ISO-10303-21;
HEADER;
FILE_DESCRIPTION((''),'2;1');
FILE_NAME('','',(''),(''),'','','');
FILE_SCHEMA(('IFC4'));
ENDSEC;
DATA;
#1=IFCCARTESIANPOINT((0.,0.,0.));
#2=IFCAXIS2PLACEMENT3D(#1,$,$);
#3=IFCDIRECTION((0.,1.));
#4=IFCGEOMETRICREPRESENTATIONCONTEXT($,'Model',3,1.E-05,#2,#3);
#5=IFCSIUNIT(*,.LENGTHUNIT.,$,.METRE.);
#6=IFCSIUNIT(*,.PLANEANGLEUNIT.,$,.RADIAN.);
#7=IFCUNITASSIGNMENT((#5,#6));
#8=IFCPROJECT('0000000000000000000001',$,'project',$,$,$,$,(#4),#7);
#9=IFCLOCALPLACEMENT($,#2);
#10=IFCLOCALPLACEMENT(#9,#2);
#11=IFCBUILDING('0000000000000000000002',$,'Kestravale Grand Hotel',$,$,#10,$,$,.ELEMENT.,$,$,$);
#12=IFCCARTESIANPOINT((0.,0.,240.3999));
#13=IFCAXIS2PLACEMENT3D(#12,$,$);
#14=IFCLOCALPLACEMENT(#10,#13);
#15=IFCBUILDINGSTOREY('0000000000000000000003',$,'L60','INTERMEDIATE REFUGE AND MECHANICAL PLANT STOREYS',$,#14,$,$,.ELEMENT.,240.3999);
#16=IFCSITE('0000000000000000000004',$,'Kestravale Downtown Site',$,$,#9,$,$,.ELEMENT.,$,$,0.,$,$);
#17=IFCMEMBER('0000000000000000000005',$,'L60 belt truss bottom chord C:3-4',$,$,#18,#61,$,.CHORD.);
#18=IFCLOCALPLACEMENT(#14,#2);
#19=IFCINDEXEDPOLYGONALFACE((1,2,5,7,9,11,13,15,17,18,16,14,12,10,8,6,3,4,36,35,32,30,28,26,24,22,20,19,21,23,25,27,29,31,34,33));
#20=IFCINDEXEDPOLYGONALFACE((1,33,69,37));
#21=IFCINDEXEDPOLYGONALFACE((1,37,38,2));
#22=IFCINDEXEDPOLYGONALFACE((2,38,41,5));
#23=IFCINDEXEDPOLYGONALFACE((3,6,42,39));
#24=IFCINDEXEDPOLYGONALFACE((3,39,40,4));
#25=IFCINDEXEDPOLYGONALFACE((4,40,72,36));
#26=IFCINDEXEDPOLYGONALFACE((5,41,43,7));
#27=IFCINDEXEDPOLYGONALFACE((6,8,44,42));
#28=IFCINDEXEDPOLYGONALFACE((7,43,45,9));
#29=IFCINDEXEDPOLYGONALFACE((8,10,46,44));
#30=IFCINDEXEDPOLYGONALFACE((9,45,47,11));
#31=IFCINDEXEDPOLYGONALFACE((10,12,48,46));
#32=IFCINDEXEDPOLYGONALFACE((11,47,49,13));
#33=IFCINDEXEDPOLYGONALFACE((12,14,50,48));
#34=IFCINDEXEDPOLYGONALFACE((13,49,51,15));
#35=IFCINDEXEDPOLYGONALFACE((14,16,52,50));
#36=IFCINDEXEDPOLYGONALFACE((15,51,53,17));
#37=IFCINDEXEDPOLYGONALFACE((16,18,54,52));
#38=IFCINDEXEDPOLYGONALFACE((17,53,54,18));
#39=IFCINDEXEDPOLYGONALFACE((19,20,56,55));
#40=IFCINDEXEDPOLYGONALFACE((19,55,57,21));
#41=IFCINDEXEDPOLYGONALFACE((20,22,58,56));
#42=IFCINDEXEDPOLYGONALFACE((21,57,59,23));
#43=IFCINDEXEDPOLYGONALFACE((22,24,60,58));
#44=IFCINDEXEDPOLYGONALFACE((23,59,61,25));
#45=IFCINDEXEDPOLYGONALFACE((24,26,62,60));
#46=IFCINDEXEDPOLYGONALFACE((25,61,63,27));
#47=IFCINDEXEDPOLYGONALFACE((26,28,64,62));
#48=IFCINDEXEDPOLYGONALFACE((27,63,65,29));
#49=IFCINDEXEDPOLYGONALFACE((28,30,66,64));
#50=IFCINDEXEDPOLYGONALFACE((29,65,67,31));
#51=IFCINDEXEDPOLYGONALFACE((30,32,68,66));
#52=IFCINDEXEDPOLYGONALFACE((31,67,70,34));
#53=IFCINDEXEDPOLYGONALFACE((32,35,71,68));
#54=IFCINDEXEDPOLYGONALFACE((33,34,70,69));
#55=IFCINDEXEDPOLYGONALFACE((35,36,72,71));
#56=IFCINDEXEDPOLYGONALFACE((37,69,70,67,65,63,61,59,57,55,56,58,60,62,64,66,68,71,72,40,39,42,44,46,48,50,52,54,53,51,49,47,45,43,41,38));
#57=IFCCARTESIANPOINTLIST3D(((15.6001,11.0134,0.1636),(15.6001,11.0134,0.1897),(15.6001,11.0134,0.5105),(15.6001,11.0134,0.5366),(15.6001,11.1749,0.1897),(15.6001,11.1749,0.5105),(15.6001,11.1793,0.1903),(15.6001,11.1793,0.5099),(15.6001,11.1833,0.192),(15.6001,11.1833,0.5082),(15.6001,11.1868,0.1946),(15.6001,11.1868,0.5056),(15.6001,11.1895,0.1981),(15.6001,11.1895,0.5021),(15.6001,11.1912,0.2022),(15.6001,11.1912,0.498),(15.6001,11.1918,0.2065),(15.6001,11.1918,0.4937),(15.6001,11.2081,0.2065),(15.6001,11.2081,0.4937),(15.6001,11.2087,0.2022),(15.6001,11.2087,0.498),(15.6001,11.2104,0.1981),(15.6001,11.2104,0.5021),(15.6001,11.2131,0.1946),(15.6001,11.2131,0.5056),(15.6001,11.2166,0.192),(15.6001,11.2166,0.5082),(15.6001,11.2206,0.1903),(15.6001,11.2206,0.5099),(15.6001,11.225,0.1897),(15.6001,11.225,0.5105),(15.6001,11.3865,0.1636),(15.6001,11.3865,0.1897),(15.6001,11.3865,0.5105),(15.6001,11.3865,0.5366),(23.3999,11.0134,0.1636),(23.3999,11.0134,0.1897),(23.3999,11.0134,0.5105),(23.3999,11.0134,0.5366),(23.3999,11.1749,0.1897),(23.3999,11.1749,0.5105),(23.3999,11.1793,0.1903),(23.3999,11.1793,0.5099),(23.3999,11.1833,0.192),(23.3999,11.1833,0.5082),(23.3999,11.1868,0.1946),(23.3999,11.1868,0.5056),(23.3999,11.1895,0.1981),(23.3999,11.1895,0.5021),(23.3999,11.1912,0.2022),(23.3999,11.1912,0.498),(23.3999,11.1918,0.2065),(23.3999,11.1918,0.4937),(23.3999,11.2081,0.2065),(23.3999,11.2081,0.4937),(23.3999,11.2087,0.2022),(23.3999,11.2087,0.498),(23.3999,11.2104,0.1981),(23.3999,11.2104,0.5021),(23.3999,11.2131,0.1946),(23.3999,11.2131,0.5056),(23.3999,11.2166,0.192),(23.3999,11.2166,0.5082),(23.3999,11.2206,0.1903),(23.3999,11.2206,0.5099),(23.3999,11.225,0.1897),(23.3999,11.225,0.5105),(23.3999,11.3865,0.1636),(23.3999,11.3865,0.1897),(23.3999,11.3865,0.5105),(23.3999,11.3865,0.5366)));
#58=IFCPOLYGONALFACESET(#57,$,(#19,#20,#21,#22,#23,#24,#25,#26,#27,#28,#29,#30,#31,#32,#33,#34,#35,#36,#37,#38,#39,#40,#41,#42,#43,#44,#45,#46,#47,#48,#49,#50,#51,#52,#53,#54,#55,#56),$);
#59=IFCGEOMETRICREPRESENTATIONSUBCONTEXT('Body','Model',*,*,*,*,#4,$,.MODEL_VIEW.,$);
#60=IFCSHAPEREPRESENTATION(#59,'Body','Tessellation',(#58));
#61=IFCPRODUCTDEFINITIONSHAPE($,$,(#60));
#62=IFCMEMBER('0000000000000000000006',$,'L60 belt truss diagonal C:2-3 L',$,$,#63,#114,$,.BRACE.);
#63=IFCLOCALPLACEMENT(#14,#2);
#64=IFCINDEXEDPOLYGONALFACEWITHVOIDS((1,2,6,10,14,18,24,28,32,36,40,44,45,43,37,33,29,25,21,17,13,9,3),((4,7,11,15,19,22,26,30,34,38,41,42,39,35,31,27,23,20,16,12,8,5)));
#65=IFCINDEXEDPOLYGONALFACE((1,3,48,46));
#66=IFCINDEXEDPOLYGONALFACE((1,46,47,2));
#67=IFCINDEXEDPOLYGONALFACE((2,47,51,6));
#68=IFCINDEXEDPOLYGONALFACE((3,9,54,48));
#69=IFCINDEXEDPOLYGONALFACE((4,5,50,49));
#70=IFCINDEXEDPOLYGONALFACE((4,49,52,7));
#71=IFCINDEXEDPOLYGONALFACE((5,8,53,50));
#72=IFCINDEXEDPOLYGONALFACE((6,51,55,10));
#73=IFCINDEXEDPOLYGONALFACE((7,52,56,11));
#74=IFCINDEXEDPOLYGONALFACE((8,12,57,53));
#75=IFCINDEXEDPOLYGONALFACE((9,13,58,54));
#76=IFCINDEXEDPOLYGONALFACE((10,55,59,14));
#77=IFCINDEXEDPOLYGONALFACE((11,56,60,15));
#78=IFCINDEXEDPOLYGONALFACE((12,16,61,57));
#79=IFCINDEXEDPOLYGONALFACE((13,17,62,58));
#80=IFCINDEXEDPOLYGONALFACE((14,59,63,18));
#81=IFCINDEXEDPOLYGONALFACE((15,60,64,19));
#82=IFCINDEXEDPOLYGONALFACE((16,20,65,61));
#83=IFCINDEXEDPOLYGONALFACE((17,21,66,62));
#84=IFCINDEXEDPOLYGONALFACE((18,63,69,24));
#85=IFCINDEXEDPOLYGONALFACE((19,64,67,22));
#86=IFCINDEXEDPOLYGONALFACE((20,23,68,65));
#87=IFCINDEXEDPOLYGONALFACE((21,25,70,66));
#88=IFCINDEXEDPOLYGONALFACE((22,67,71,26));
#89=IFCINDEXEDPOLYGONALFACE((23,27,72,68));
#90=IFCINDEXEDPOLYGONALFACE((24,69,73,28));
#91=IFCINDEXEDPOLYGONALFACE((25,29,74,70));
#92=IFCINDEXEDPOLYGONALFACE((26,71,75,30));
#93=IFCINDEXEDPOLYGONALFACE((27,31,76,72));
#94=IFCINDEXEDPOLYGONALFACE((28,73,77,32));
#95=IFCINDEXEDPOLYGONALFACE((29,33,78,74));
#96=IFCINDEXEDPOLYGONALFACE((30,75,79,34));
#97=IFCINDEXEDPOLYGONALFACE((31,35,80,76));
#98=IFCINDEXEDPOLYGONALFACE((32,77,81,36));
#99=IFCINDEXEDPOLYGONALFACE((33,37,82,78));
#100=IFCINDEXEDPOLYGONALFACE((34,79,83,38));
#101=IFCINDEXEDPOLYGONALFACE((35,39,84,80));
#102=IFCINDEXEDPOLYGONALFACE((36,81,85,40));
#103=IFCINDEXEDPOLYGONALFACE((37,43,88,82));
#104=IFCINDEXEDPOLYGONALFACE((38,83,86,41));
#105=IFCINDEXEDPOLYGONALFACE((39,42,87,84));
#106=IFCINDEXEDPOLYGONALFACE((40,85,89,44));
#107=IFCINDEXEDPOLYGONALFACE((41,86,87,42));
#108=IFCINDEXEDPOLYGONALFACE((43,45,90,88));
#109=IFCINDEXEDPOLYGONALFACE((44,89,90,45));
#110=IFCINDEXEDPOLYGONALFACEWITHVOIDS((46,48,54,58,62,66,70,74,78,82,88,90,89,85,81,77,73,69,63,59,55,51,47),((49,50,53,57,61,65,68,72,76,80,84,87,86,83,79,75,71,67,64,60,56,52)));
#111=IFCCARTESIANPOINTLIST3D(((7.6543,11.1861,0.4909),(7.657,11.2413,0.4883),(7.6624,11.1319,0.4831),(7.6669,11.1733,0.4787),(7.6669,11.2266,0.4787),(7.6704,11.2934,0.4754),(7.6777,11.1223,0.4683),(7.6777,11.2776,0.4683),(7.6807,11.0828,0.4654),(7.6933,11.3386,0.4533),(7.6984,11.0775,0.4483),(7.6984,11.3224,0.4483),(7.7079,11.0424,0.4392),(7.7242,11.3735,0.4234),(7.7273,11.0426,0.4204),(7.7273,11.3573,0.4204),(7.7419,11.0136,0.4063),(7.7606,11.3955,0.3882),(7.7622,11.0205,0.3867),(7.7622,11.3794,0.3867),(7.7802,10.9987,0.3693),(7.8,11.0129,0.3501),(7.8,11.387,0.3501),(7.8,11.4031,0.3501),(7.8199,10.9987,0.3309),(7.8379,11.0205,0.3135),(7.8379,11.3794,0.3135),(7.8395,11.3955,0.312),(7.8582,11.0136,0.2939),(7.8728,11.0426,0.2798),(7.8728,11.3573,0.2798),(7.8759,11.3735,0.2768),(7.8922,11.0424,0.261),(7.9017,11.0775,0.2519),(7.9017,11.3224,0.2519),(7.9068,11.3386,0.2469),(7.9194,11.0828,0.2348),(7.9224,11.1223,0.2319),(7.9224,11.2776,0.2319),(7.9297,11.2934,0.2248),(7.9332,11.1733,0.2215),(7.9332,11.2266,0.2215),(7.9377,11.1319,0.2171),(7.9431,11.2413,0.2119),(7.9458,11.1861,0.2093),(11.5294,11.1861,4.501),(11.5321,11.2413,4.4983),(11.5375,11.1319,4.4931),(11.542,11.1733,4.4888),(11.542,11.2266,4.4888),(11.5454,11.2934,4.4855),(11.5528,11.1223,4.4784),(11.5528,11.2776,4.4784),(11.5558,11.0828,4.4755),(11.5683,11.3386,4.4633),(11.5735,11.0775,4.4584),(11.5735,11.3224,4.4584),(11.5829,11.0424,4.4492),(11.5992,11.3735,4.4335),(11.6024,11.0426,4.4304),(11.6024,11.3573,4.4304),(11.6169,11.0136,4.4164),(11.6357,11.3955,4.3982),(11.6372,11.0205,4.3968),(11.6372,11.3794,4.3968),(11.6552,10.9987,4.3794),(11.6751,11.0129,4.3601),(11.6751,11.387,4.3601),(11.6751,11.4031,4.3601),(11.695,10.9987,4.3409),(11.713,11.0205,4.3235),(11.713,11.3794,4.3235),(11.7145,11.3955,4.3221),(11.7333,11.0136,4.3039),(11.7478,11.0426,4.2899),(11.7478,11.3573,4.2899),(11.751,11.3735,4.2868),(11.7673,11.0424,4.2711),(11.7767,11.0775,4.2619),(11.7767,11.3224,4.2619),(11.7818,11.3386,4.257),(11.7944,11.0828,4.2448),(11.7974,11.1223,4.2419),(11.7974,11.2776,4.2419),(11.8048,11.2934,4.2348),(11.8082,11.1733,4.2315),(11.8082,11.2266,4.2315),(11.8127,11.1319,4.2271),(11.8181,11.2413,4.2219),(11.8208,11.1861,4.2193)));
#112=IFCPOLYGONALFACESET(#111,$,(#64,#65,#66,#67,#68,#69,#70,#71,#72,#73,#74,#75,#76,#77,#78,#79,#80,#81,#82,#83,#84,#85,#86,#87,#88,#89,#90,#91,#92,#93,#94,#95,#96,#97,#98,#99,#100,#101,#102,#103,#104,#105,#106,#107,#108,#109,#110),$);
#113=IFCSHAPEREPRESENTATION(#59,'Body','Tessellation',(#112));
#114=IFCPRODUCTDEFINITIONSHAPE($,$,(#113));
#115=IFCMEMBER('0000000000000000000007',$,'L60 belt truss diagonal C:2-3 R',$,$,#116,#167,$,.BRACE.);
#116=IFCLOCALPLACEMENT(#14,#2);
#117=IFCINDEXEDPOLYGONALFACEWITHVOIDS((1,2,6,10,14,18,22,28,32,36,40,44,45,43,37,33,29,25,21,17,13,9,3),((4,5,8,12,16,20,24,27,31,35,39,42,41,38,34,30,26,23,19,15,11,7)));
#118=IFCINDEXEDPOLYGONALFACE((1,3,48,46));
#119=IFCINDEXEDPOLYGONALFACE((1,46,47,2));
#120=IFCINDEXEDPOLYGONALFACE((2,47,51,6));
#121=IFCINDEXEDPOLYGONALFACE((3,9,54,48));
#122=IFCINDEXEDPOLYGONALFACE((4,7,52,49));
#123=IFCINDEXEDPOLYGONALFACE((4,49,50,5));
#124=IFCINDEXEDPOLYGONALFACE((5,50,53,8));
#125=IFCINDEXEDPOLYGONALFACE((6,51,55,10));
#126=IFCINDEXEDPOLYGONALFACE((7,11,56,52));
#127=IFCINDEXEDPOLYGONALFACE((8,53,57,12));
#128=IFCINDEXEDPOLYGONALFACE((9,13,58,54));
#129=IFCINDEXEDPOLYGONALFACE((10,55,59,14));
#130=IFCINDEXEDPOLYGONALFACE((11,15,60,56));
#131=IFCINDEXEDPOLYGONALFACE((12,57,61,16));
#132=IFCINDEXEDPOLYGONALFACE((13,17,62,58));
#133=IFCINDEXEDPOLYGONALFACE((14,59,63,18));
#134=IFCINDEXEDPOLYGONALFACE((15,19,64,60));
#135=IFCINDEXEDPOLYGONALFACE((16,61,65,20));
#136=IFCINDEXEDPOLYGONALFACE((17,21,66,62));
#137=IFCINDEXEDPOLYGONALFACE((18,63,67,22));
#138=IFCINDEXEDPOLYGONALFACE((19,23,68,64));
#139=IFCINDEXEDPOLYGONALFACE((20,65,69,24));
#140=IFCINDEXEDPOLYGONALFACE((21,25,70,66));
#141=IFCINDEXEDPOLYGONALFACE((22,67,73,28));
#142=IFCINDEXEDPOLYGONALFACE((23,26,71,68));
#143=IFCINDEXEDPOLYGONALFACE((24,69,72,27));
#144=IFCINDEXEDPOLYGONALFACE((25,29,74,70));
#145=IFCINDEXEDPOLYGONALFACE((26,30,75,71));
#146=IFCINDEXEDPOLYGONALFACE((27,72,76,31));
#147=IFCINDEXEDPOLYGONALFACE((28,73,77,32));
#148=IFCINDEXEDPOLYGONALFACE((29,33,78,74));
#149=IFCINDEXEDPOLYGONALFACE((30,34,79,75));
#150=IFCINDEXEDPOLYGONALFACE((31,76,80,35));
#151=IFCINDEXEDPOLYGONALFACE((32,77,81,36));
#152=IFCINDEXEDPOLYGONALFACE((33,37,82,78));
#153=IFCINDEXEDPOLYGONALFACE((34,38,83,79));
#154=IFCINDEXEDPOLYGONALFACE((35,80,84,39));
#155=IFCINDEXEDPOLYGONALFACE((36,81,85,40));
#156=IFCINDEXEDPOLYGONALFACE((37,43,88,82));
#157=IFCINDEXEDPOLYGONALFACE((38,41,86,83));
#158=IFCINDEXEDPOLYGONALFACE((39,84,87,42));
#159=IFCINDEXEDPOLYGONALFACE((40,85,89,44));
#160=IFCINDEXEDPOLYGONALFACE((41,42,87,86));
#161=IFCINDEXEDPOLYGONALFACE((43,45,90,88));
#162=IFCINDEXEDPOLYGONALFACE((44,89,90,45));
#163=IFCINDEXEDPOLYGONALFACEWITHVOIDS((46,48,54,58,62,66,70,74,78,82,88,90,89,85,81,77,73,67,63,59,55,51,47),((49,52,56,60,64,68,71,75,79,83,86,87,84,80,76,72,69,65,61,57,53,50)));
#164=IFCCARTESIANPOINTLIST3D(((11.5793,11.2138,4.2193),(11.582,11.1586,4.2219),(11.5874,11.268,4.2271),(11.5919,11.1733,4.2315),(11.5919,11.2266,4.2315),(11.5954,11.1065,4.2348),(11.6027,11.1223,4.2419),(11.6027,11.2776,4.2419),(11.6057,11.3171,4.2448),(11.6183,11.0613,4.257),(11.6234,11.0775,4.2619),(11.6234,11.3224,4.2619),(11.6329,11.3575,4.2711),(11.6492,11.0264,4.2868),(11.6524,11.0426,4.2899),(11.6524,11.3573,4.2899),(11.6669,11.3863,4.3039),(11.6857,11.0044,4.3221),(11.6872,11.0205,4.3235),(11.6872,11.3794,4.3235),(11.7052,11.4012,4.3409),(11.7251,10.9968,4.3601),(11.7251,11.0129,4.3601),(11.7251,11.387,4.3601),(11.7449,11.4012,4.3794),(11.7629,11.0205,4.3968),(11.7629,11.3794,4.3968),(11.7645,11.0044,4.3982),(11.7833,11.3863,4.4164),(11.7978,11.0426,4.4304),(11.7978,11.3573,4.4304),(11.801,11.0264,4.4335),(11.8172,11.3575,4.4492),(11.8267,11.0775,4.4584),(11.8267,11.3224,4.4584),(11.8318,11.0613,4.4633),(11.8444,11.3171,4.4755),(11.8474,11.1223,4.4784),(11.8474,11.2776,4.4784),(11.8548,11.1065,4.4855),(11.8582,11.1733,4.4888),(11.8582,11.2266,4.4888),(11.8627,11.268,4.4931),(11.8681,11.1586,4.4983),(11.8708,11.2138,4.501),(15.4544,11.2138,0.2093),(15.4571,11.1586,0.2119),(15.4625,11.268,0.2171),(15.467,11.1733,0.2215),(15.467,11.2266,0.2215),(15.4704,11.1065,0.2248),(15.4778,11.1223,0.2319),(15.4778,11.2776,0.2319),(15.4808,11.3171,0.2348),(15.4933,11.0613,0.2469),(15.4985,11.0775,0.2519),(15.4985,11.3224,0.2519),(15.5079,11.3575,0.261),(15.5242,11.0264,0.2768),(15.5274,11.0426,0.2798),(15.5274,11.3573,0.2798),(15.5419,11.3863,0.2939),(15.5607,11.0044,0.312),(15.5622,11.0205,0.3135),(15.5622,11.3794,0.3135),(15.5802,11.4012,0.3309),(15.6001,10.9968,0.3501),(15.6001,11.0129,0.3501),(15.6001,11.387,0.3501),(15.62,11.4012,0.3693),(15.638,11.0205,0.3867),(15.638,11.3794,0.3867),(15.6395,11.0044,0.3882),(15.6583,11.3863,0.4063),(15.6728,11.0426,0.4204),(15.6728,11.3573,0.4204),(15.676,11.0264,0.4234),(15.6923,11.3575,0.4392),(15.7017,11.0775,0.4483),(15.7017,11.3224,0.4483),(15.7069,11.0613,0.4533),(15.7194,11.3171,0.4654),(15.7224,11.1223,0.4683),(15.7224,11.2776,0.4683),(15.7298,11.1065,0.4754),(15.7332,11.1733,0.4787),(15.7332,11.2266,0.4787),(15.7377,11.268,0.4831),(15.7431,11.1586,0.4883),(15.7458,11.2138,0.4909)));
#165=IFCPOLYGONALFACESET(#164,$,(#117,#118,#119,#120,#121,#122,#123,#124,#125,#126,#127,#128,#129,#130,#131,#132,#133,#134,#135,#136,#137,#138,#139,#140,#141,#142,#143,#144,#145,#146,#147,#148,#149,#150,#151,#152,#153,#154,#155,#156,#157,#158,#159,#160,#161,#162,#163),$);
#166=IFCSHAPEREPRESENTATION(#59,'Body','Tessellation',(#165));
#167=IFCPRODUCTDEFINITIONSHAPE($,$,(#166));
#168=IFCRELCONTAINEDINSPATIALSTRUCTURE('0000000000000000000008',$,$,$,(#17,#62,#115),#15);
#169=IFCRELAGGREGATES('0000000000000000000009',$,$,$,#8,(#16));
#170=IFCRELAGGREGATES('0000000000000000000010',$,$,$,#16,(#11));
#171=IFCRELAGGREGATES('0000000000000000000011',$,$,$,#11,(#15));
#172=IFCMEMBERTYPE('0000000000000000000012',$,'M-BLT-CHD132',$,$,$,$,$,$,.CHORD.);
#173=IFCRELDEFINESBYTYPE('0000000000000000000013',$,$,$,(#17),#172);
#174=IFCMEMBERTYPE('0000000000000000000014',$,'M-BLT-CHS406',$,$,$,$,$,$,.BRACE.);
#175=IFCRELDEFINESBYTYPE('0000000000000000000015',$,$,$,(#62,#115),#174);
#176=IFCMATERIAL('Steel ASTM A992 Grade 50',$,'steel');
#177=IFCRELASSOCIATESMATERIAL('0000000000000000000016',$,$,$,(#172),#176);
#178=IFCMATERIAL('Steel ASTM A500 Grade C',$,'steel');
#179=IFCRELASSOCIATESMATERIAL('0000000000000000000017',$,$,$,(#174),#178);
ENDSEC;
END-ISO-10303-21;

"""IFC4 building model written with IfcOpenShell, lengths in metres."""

from ifc_helpers import new_model, si_unit, direction, frame, origin, origin_2d, place, context, subcontext, project, spatial, hollow_circle, i_section, extrude, material, material_profile, profile_set, type_object, element, save


model = new_model("IFC4")

# Units and contexts
model_context = context("Model", 3, precision=1e-05, world=origin(), true_north=direction((0.0, 1.0)))
body_context = subcontext(model_context, "Body", "Model", "MODEL_VIEW")
ifc_project = project(units=[si_unit("LENGTHUNIT", "METRE"), si_unit("PLANEANGLEUNIT", "RADIAN")], contexts=[model_context])

# Site, building, storey
site_placement = place(None, origin())
site = spatial("IfcSite", under=ifc_project, at=site_placement, Name="Kestravale Downtown Site", CompositionType="ELEMENT", RefElevation=0.0)
building_placement = place(site_placement, origin())
building = spatial("IfcBuilding", under=site, at=building_placement, Name="Kestravale Grand Hotel", CompositionType="ELEMENT")
storey_placement = place(building_placement, frame((0.0, 0.0, 240.3999)))
storey = spatial("IfcBuildingStorey", under=building, at=storey_placement, Name="L60", Description="INTERMEDIATE REFUGE AND MECHANICAL PLANT STOREYS", CompositionType="ELEMENT", Elevation=240.3999)

# Members
ifc_material_1 = material(Name="Steel ASTM A992 Grade 50", Category="steel")
ifc_material_profile_1 = material_profile(ifc_material_1, i_section(OverallWidth=0.373, OverallDepth=0.373, WebThickness=0.0164, FlangeThickness=0.0261, FilletRadius=0.0168, at=origin_2d()))
ifc_profile_set_1 = profile_set([ifc_material_profile_1], Name="Steel ASTM A992 Grade 50")
member_type_1 = type_object("IfcMemberType", Name="M-BLT-CHD132", PredefinedType="CHORD", material=ifc_profile_set_1)
member_1_placement = place(storey_placement, frame((15.6001, 11.2, 0.3501), z_axis=(1.0, 0.0, 0.0), x_axis=(0.0, 1.0, 0.0)))
element("IfcMember", 1, at=member_1_placement, inside=storey, type_object=member_type_1, Name="L60 belt truss bottom chord C:3-4", PredefinedType="CHORD", context=body_context, shape_type="SweptSolid", body=[
    extrude(i_section(OverallWidth=0.373, OverallDepth=0.373, WebThickness=0.0164, FlangeThickness=0.0261, FilletRadius=0.0168, at=origin_2d()), origin(), (0.0, 0.0, 1.0), 7.7998),
])
ifc_material_2 = material(Name="Steel ASTM A500 Grade C", Category="steel")
ifc_material_profile_2 = material_profile(ifc_material_2, hollow_circle(Radius=0.2031, WallThickness=0.0161, at=origin_2d()))
ifc_profile_set_2 = profile_set([ifc_material_profile_2], Name="Steel ASTM A500 Grade C")
member_type_2 = type_object("IfcMemberType", Name="M-BLT-CHS406", PredefinedType="BRACE", material=ifc_profile_set_2)
for number, where, z_axis, x_axis, name in (
    (2, (7.8, 11.2, 0.3501), (0.694898, 0.0, 0.719109), (0.0, 1.0, 0.0), "L60 belt truss diagonal C:2-3 L"),
    (3, (15.6001, 11.2, 0.3501), (-0.694898, 0.0, 0.719109), (0.0, -1.0, 0.0), "L60 belt truss diagonal C:2-3 R"),
):
    element("IfcMember", number, at=place(storey_placement, frame(where, z_axis=z_axis, x_axis=x_axis)), inside=storey, type_object=member_type_2, Name=name, PredefinedType="BRACE", context=body_context, shape_type="SweptSolid", body=[
        extrude(hollow_circle(Radius=0.2031, WallThickness=0.0161, at=origin_2d()), origin(), (0.0, 0.0, 1.0), 5.5764),
    ])

save(model, "model.ifc")
